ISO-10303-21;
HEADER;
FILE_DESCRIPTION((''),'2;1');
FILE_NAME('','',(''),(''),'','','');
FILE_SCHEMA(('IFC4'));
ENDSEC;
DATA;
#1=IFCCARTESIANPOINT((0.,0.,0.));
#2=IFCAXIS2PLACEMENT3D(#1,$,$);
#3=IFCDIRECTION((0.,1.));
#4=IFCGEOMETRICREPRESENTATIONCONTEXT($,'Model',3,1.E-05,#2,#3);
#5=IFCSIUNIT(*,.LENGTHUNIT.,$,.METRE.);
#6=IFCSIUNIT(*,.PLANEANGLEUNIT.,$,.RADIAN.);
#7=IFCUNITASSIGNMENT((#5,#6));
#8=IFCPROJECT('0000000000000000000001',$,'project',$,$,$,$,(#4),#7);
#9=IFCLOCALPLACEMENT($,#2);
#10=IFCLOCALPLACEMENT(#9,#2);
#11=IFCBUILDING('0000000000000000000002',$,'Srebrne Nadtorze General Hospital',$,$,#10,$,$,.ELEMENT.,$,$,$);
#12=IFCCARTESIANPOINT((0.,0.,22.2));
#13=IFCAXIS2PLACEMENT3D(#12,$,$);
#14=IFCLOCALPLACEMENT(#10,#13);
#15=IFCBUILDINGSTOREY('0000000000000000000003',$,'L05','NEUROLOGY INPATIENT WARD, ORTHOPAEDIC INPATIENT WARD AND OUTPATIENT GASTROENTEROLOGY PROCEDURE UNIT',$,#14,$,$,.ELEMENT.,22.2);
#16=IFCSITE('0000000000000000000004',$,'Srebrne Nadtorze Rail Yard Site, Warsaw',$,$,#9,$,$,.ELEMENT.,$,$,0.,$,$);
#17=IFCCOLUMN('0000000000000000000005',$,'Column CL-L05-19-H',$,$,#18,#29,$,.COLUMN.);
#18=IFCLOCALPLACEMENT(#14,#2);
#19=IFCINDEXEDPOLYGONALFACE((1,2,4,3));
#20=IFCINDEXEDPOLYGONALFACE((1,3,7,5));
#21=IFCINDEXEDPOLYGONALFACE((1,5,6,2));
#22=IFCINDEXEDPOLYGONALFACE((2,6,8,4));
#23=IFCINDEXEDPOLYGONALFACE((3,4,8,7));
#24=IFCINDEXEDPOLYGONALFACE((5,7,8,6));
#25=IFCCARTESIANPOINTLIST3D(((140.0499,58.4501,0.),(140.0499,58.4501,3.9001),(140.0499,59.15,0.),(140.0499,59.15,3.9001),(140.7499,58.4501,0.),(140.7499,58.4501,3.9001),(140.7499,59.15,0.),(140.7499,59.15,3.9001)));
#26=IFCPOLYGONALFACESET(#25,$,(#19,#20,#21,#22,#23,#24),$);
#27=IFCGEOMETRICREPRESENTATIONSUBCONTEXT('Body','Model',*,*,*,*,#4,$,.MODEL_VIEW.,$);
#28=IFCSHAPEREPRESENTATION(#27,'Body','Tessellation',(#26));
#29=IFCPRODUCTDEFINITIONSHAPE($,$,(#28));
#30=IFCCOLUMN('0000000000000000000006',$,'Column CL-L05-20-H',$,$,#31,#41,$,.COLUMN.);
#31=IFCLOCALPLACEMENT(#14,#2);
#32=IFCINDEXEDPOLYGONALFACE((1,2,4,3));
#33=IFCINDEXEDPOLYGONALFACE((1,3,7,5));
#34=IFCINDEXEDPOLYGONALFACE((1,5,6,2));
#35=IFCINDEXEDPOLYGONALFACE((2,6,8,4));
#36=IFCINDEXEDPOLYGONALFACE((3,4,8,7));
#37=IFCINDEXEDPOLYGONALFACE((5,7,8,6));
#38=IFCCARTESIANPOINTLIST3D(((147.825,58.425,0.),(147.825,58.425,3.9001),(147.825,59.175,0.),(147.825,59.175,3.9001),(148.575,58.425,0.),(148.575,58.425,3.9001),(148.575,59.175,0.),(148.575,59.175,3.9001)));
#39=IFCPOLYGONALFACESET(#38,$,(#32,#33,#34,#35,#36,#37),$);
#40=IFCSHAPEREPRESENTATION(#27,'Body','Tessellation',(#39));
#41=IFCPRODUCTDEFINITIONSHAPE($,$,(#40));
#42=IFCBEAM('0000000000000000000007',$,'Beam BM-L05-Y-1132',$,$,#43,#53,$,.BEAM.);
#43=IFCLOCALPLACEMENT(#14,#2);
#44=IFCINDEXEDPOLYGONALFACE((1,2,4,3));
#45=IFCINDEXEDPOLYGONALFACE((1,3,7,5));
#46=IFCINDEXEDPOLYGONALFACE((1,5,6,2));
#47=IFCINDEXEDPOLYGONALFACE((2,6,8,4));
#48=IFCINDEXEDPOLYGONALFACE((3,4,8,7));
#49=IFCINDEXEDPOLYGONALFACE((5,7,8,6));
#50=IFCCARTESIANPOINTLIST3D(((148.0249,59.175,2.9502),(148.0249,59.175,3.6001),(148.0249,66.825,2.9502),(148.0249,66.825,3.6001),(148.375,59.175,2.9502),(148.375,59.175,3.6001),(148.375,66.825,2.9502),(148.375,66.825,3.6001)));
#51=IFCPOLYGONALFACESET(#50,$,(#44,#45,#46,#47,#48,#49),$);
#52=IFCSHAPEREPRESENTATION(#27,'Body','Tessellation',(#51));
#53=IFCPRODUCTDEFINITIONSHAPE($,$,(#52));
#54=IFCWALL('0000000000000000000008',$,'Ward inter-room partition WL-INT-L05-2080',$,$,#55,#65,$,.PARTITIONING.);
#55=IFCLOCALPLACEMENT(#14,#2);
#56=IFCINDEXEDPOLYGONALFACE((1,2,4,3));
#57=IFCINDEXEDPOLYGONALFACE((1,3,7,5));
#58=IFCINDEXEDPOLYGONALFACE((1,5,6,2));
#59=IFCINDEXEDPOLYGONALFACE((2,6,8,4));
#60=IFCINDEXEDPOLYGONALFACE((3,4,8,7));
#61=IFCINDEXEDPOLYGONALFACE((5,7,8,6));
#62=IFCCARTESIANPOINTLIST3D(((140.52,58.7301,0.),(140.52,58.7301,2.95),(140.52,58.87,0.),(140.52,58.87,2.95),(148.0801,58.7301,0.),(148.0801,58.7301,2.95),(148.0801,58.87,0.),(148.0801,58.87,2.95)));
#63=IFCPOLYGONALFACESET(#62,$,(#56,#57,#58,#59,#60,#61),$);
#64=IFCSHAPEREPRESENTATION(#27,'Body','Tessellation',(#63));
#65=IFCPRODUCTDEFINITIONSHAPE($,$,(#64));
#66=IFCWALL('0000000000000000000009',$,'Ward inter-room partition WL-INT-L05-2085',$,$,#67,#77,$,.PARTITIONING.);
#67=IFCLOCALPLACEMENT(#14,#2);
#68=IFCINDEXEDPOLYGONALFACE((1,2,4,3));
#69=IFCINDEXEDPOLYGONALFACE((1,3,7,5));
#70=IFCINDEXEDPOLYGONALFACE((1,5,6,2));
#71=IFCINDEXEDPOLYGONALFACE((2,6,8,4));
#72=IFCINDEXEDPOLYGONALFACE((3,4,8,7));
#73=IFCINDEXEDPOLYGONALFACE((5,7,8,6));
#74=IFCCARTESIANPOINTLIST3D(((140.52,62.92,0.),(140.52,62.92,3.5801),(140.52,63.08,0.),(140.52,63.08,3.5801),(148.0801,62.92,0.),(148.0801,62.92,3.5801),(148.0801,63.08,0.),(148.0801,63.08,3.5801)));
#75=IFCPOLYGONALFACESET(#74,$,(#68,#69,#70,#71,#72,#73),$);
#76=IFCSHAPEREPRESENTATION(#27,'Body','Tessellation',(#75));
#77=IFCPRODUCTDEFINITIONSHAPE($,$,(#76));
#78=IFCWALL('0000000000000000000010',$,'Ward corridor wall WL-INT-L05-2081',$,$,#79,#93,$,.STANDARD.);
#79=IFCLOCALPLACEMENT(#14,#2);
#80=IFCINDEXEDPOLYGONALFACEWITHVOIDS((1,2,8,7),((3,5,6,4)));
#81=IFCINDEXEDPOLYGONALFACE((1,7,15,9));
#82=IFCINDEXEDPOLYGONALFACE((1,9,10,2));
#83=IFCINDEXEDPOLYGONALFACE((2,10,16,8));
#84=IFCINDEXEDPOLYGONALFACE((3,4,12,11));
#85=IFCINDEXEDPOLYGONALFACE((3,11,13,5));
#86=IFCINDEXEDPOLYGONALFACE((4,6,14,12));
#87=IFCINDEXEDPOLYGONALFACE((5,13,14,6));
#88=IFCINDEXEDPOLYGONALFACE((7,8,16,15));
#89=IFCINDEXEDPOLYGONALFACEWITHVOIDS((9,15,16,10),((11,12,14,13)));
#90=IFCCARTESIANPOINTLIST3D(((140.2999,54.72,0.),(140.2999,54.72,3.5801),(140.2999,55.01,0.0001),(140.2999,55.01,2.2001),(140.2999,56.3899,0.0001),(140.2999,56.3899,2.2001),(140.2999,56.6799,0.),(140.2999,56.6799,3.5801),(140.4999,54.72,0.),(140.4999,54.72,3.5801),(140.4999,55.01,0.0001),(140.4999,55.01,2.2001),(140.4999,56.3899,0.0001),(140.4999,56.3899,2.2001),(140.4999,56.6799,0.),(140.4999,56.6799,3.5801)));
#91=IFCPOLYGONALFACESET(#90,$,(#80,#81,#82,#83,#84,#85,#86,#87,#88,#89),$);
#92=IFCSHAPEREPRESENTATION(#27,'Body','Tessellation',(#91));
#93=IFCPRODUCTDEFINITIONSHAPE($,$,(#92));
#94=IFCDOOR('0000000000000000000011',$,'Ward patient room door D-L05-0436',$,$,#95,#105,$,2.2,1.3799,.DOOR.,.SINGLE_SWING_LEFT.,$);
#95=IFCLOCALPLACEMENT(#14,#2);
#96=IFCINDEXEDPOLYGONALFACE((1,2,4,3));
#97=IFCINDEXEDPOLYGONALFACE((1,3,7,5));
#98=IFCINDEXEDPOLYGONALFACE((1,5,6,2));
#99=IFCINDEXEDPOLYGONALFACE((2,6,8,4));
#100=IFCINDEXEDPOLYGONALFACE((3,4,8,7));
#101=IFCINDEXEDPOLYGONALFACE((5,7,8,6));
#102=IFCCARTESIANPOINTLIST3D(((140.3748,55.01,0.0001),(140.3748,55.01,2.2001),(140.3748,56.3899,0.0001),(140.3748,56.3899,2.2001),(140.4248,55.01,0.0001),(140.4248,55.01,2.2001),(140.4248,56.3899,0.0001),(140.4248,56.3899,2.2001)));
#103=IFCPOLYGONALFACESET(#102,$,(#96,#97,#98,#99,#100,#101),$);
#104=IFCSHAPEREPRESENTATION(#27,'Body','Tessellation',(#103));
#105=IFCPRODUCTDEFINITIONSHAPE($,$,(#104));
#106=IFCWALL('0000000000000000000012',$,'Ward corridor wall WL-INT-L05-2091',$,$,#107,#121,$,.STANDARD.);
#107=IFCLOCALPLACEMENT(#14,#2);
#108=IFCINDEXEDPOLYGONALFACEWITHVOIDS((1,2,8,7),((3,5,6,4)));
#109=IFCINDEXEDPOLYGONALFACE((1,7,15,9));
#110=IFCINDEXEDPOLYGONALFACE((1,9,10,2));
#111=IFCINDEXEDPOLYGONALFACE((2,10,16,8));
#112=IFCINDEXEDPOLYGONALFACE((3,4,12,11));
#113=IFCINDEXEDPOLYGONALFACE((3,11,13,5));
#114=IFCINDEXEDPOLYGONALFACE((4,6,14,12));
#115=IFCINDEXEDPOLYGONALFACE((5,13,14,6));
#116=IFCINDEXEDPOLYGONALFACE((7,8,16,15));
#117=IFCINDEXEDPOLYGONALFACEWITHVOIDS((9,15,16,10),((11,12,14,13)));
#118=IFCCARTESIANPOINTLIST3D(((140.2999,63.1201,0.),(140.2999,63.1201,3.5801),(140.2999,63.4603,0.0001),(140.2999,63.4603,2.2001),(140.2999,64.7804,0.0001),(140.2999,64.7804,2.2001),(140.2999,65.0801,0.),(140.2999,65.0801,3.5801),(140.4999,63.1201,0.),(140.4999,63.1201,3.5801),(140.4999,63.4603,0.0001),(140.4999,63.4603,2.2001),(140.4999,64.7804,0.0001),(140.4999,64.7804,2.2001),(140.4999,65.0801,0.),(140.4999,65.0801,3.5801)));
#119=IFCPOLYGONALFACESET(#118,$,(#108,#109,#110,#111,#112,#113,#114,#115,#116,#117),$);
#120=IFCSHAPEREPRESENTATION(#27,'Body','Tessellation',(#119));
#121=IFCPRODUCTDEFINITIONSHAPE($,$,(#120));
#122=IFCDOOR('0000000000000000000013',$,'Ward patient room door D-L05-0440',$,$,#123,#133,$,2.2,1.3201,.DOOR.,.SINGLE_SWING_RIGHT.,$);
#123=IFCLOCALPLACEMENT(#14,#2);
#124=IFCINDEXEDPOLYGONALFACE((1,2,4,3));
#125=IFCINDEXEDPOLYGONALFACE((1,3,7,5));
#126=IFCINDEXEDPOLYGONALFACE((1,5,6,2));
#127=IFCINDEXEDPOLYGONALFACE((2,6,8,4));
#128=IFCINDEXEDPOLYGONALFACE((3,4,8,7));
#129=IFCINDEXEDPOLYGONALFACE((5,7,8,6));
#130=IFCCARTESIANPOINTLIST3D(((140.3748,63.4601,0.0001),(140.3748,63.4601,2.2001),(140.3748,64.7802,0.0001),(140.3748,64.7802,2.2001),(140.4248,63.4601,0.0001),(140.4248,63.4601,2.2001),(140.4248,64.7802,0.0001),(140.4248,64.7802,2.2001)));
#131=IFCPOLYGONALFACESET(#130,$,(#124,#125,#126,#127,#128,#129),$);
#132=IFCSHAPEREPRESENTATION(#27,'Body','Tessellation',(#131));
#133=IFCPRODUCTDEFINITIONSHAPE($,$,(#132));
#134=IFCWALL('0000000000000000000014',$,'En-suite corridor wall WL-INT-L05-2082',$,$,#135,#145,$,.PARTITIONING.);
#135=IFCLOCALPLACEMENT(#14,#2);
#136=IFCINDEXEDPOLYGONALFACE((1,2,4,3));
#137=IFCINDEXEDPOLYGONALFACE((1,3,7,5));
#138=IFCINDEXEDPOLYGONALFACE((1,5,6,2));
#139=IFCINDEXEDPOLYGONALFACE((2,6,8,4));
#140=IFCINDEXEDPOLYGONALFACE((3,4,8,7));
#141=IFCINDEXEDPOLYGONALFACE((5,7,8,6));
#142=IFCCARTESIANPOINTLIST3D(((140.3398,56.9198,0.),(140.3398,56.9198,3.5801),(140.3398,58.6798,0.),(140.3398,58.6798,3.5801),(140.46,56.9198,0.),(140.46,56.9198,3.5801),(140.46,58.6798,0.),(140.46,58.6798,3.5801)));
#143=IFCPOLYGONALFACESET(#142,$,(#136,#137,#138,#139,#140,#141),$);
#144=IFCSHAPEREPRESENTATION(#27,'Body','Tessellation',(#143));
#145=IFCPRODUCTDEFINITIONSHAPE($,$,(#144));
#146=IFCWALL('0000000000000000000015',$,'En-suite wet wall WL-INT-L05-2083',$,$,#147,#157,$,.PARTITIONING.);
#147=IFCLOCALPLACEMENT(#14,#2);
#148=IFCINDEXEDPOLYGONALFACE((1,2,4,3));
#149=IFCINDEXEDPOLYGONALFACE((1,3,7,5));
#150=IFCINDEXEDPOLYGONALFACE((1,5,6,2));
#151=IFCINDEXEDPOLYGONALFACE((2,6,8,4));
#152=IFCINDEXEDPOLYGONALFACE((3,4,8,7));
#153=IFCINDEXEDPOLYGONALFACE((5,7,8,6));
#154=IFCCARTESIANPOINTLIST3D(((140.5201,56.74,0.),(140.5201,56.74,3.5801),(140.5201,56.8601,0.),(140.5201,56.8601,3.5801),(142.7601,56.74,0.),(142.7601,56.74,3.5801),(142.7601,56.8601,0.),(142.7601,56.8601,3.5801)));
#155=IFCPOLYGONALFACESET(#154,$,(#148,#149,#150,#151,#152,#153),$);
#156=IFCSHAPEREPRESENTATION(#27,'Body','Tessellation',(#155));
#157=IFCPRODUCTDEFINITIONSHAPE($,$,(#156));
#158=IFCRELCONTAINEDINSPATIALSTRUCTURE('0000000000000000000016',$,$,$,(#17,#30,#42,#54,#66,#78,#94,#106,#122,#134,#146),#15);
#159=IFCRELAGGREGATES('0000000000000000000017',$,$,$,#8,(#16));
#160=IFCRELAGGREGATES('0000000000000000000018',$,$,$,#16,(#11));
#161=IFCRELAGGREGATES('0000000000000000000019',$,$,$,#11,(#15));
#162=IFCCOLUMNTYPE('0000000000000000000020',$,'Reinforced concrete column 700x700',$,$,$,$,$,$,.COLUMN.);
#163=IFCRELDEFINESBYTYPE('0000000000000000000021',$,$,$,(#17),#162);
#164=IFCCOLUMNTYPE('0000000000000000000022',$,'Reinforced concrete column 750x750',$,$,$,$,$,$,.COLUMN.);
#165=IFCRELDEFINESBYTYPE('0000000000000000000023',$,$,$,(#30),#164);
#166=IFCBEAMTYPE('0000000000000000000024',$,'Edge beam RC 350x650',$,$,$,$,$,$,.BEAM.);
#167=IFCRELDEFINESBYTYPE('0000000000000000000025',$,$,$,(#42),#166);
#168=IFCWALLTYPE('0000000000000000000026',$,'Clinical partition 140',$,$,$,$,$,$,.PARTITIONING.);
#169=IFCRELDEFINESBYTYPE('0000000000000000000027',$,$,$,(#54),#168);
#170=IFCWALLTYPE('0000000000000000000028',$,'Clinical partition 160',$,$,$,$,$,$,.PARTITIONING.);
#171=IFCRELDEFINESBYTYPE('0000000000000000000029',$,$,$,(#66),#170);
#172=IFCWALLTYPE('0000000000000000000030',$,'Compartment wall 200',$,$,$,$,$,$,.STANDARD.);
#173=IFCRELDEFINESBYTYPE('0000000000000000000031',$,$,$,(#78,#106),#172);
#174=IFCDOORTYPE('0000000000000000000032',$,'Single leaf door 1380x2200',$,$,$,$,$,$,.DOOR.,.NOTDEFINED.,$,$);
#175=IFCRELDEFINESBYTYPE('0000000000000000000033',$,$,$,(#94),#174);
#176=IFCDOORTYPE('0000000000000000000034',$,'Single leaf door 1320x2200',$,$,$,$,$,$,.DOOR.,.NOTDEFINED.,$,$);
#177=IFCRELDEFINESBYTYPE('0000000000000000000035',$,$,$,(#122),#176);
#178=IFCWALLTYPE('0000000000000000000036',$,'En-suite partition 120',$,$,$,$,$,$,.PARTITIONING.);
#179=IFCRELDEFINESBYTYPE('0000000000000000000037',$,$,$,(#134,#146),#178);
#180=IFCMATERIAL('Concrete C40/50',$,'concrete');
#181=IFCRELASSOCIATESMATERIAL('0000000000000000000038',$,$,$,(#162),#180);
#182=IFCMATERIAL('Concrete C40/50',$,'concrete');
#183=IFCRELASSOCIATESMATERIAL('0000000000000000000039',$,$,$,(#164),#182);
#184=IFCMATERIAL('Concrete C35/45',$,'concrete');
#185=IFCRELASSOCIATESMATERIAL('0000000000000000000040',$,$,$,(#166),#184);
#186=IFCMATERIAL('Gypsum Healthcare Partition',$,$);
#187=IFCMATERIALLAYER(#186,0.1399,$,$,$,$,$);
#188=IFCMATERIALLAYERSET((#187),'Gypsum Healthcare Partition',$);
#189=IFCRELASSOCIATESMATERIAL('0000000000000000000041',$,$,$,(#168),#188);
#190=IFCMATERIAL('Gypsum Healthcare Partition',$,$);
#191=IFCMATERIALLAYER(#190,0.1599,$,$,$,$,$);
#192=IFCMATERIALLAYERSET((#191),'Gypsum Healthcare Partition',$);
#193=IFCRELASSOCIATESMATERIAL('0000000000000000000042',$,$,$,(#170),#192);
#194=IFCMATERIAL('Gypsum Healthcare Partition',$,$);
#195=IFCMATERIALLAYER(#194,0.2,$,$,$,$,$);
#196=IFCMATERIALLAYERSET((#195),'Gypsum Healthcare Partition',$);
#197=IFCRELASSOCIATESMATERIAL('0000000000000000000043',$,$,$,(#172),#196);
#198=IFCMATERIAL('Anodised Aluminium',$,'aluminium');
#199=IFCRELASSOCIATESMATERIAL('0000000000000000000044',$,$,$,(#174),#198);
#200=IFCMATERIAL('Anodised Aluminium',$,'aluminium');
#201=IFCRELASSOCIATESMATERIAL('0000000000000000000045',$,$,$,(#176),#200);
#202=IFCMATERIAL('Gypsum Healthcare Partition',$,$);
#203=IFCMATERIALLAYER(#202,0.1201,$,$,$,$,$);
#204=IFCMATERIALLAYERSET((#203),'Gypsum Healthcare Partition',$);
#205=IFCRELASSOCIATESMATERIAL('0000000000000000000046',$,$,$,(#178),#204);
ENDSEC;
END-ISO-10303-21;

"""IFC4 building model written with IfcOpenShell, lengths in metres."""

from ifc_helpers import new_model, si_unit, direction, frame, frame_2d, origin, origin_2d, place, context, subcontext, project, spatial, rectangle, extrude, material, layer, layer_set, material_profile, profile_set, type_object, element, fill, save


model = new_model("IFC4")

# Units and contexts
model_context = context("Model", 3, precision=1e-05, world=origin(), true_north=direction((0.0, 1.0)))
body_context = subcontext(model_context, "Body", "Model", "MODEL_VIEW")
ifc_project = project(units=[si_unit("LENGTHUNIT", "METRE"), si_unit("PLANEANGLEUNIT", "RADIAN")], contexts=[model_context])

# Site, building, storey
site_placement = place(None, origin())
site = spatial("IfcSite", under=ifc_project, at=site_placement, Name="Srebrne Nadtorze Rail Yard Site, Warsaw", CompositionType="ELEMENT", RefElevation=0.0)
building_placement = place(site_placement, origin())
building = spatial("IfcBuilding", under=site, at=building_placement, Name="Srebrne Nadtorze General Hospital", CompositionType="ELEMENT")
storey_placement = place(building_placement, frame((0.0, 0.0, 22.2)))
storey = spatial("IfcBuildingStorey", under=building, at=storey_placement, Name="L05", Description="NEUROLOGY INPATIENT WARD, ORTHOPAEDIC INPATIENT WARD AND OUTPATIENT GASTROENTEROLOGY PROCEDURE UNIT", CompositionType="ELEMENT", Elevation=22.2)

# Columns
ifc_material_1 = material(Name="Concrete C40/50", Category="concrete")
ifc_material_profile_1 = material_profile(ifc_material_1, rectangle(XDim=0.7, YDim=0.7, at=origin_2d()), Name="RC-COL-700x700")
ifc_profile_set_1 = profile_set([ifc_material_profile_1], Name="Concrete C40/50")
column_type_1 = type_object("IfcColumnType", Name="Reinforced concrete column 700x700", PredefinedType="COLUMN", material=ifc_profile_set_1)
column_1_placement = place(storey_placement, frame((140.3999, 58.8, 0.0), z_axis=(0.0, 0.0, 1.0), x_axis=(1.0, 0.0, 0.0)))
element("IfcColumn", 1, at=column_1_placement, inside=storey, type_object=column_type_1, Name="Column CL-L05-19-H", PredefinedType="COLUMN", context=body_context, shape_type="SweptSolid", body=[
    extrude(rectangle(XDim=0.7, YDim=0.7, at=origin_2d()), origin(), (0.0, 0.0, 1.0), 3.9001),
])
ifc_material_2 = material(Name="Concrete C40/50", Category="concrete")
ifc_material_profile_2 = material_profile(ifc_material_2, rectangle(XDim=0.75, YDim=0.75, at=origin_2d()), Name="RC-COL-750x750")
ifc_profile_set_2 = profile_set([ifc_material_profile_2], Name="Concrete C40/50")
column_type_2 = type_object("IfcColumnType", Name="Reinforced concrete column 750x750", PredefinedType="COLUMN", material=ifc_profile_set_2)
column_2_placement = place(storey_placement, frame((148.2, 58.8, 0.0), z_axis=(0.0, 0.0, 1.0), x_axis=(1.0, 0.0, 0.0)))
element("IfcColumn", 2, at=column_2_placement, inside=storey, type_object=column_type_2, Name="Column CL-L05-20-H", PredefinedType="COLUMN", context=body_context, shape_type="SweptSolid", body=[
    extrude(rectangle(XDim=0.75, YDim=0.75, at=origin_2d()), origin(), (0.0, 0.0, 1.0), 3.9001),
])

# Beam
ifc_material_3 = material(Name="Concrete C35/45", Category="concrete")
ifc_material_profile_3 = material_profile(ifc_material_3, rectangle(XDim=0.3501, YDim=0.6499, at=origin_2d()), Name="RC-BM-350x650")
ifc_profile_set_3 = profile_set([ifc_material_profile_3], Name="Concrete C35/45")
beam_type = type_object("IfcBeamType", Name="Edge beam RC 350x650", PredefinedType="BEAM", material=ifc_profile_set_3)
beam_placement = place(storey_placement, frame((148.2, 59.175, 3.2751), z_axis=(0.0, 1.0, 0.0), x_axis=(-1.0, 0.0, 0.0)))
element("IfcBeam", 3, at=beam_placement, inside=storey, type_object=beam_type, Name="Beam BM-L05-Y-1132", PredefinedType="BEAM", context=body_context, shape_type="SweptSolid", body=[
    extrude(rectangle(XDim=0.3501, YDim=0.6499, at=origin_2d()), origin(), (0.0, 0.0, 1.0), 7.6499),
])

# Walls
ifc_material_4 = material(Name="Gypsum Healthcare Partition")
ifc_layer_1 = layer(ifc_material_4, 0.1399)
ifc_layer_set_1 = layer_set([ifc_layer_1], Name="Gypsum Healthcare Partition")
wall_type_1 = type_object("IfcWallType", Name="Clinical partition 140", PredefinedType="PARTITIONING", material=ifc_layer_set_1)
wall_1_placement = place(storey_placement, frame((140.52, 58.8, 0.0), z_axis=(0.0, 0.0, 1.0), x_axis=(1.0, 0.0, 0.0)))
element("IfcWall", 4, at=wall_1_placement, inside=storey, type_object=wall_type_1, Name="Ward inter-room partition WL-INT-L05-2080", PredefinedType="PARTITIONING", context=body_context, shape_type="SweptSolid", body=[
    extrude(rectangle(XDim=7.5601, YDim=0.1399, at=frame_2d((3.78, 0.0))), origin(), (0.0, 0.0, 1.0), 2.95),
])
ifc_material_5 = material(Name="Gypsum Healthcare Partition")
ifc_layer_2 = layer(ifc_material_5, 0.1599)
ifc_layer_set_2 = layer_set([ifc_layer_2], Name="Gypsum Healthcare Partition")
wall_type_2 = type_object("IfcWallType", Name="Clinical partition 160", PredefinedType="PARTITIONING", material=ifc_layer_set_2)
wall_2_placement = place(storey_placement, frame((140.52, 63.0, 0.0), z_axis=(0.0, 0.0, 1.0), x_axis=(1.0, 0.0, 0.0)))
element("IfcWall", 5, at=wall_2_placement, inside=storey, type_object=wall_type_2, Name="Ward inter-room partition WL-INT-L05-2085", PredefinedType="PARTITIONING", context=body_context, shape_type="SweptSolid", body=[
    extrude(rectangle(XDim=7.5601, YDim=0.1599, at=frame_2d((3.78, 0.0))), origin(), (0.0, 0.0, 1.0), 3.5801),
])

# Walls, openings, doors
ifc_material_6 = material(Name="Gypsum Healthcare Partition")
ifc_layer_3 = layer(ifc_material_6, 0.2)
ifc_layer_set_3 = layer_set([ifc_layer_3], Name="Gypsum Healthcare Partition")
wall_type_3 = type_object("IfcWallType", Name="Compartment wall 200", PredefinedType="STANDARD", material=ifc_layer_set_3)
wall_3_placement = place(storey_placement, frame((140.3999, 54.72, 0.0), z_axis=(0.0, 0.0, 1.0), x_axis=(0.0, 1.0, 0.0)))
wall_3 = element("IfcWall", 6, at=wall_3_placement, inside=storey, type_object=wall_type_3, Name="Ward corridor wall WL-INT-L05-2081", PredefinedType="STANDARD", context=body_context, shape_type="SweptSolid", body=[
    extrude(rectangle(XDim=1.96, YDim=0.2, at=frame_2d((0.98, 0.0))), origin(), (0.0, 0.0, 1.0), 3.5801),
])
opening_1_placement = place(wall_3_placement, frame((0.29, 0.0, 0.0)))
opening_1 = element("IfcOpeningElement", 7, at=opening_1_placement, cuts=wall_3, PredefinedType="OPENING", context=body_context, shape_type="SweptSolid", body=[
    extrude(rectangle(XDim=1.3799, YDim=2.2, at=frame_2d((0.6899, 1.1001))), frame((0.0, 0.1118, 0.0), z_axis=(0.0, -1.0, 0.0), x_axis=(1.0, 0.0, 0.0)), (0.0, 0.0, 1.0), 0.2239),
])
ifc_material_7 = material(Name="Anodised Aluminium", Category="aluminium")
door_type_1 = type_object("IfcDoorType", Name="Single leaf door 1380x2200", OperationType="NOTDEFINED", PredefinedType="DOOR", material=ifc_material_7)
door_1_placement = place(opening_1_placement, frame((1.3799, 0.0, 0.0), z_axis=(0.0, 0.0, 1.0), x_axis=(-1.0, 0.0, 0.0)))
door_1 = element("IfcDoor", 8, at=door_1_placement, inside=storey, type_object=door_type_1, Name="Ward patient room door D-L05-0436", OperationType="SINGLE_SWING_LEFT", OverallHeight=2.2, OverallWidth=1.3799, PredefinedType="DOOR", context=body_context, shape_type="SweptSolid", body=[
    extrude(rectangle(XDim=1.3799, YDim=2.2, at=frame_2d((0.6899, 1.1001))), frame((0.0, 0.0249, 0.0), z_axis=(0.0, -1.0, 0.0), x_axis=(1.0, 0.0, 0.0)), (0.0, 0.0, 1.0), 0.05),
])
fill(opening_1, door_1)
wall_4_placement = place(storey_placement, frame((140.3999, 63.1201, 0.0), z_axis=(0.0, 0.0, 1.0), x_axis=(0.0, 1.0, 0.0)))
wall_4 = element("IfcWall", 9, at=wall_4_placement, inside=storey, type_object=wall_type_3, Name="Ward corridor wall WL-INT-L05-2091", PredefinedType="STANDARD", context=body_context, shape_type="SweptSolid", body=[
    extrude(rectangle(XDim=1.96, YDim=0.2, at=frame_2d((0.98, 0.0))), origin(), (0.0, 0.0, 1.0), 3.5801),
])
opening_2_placement = place(wall_4_placement, frame((0.3401, 0.0, 0.0)))
opening_2 = element("IfcOpeningElement", 10, at=opening_2_placement, cuts=wall_4, PredefinedType="OPENING", context=body_context, shape_type="SweptSolid", body=[
    extrude(rectangle(XDim=1.3201, YDim=2.2, at=frame_2d((0.6602, 1.1001))), frame((0.0, 0.1118, 0.0), z_axis=(0.0, -1.0, 0.0), x_axis=(1.0, 0.0, 0.0)), (0.0, 0.0, 1.0), 0.2239),
])
ifc_material_8 = material(Name="Anodised Aluminium", Category="aluminium")
door_type_2 = type_object("IfcDoorType", Name="Single leaf door 1320x2200", OperationType="NOTDEFINED", PredefinedType="DOOR", material=ifc_material_8)
door_2_placement = place(opening_2_placement, frame((1.3201, 0.0, 0.0), z_axis=(0.0, 0.0, 1.0), x_axis=(-1.0, 0.0, 0.0)))
door_2 = element("IfcDoor", 11, at=door_2_placement, inside=storey, type_object=door_type_2, Name="Ward patient room door D-L05-0440", OperationType="SINGLE_SWING_RIGHT", OverallHeight=2.2, OverallWidth=1.3201, PredefinedType="DOOR", context=body_context, shape_type="SweptSolid", body=[
    extrude(rectangle(XDim=1.3201, YDim=2.2, at=frame_2d((0.6602, 1.1001))), frame((0.0, 0.0249, 0.0), z_axis=(0.0, -1.0, 0.0), x_axis=(1.0, 0.0, 0.0)), (0.0, 0.0, 1.0), 0.05),
])
fill(opening_2, door_2)

# Walls
ifc_material_9 = material(Name="Gypsum Healthcare Partition")
ifc_layer_4 = layer(ifc_material_9, 0.1201)
ifc_layer_set_4 = layer_set([ifc_layer_4], Name="Gypsum Healthcare Partition")
wall_type_4 = type_object("IfcWallType", Name="En-suite partition 120", PredefinedType="PARTITIONING", material=ifc_layer_set_4)
wall_5_placement = place(storey_placement, frame((140.3999, 56.9199, 0.0), z_axis=(0.0, 0.0, 1.0), x_axis=(0.0, 1.0, 0.0)))
element("IfcWall", 12, at=wall_5_placement, inside=storey, type_object=wall_type_4, Name="En-suite corridor wall WL-INT-L05-2082", PredefinedType="PARTITIONING", context=body_context, shape_type="SweptSolid", body=[
    extrude(rectangle(XDim=1.76, YDim=0.1201, at=frame_2d((0.8799, 0.0))), origin(), (0.0, 0.0, 1.0), 3.5801),
])
wall_6_placement = place(storey_placement, frame((140.52, 56.8, 0.0), z_axis=(0.0, 0.0, 1.0), x_axis=(1.0, 0.0, 0.0)))
element("IfcWall", 13, at=wall_6_placement, inside=storey, type_object=wall_type_4, Name="En-suite wet wall WL-INT-L05-2083", PredefinedType="PARTITIONING", context=body_context, shape_type="SweptSolid", body=[
    extrude(rectangle(XDim=2.24, YDim=0.1201, at=frame_2d((1.1201, 0.0))), origin(), (0.0, 0.0, 1.0), 3.5801),
])

save(model, "model.ifc")
